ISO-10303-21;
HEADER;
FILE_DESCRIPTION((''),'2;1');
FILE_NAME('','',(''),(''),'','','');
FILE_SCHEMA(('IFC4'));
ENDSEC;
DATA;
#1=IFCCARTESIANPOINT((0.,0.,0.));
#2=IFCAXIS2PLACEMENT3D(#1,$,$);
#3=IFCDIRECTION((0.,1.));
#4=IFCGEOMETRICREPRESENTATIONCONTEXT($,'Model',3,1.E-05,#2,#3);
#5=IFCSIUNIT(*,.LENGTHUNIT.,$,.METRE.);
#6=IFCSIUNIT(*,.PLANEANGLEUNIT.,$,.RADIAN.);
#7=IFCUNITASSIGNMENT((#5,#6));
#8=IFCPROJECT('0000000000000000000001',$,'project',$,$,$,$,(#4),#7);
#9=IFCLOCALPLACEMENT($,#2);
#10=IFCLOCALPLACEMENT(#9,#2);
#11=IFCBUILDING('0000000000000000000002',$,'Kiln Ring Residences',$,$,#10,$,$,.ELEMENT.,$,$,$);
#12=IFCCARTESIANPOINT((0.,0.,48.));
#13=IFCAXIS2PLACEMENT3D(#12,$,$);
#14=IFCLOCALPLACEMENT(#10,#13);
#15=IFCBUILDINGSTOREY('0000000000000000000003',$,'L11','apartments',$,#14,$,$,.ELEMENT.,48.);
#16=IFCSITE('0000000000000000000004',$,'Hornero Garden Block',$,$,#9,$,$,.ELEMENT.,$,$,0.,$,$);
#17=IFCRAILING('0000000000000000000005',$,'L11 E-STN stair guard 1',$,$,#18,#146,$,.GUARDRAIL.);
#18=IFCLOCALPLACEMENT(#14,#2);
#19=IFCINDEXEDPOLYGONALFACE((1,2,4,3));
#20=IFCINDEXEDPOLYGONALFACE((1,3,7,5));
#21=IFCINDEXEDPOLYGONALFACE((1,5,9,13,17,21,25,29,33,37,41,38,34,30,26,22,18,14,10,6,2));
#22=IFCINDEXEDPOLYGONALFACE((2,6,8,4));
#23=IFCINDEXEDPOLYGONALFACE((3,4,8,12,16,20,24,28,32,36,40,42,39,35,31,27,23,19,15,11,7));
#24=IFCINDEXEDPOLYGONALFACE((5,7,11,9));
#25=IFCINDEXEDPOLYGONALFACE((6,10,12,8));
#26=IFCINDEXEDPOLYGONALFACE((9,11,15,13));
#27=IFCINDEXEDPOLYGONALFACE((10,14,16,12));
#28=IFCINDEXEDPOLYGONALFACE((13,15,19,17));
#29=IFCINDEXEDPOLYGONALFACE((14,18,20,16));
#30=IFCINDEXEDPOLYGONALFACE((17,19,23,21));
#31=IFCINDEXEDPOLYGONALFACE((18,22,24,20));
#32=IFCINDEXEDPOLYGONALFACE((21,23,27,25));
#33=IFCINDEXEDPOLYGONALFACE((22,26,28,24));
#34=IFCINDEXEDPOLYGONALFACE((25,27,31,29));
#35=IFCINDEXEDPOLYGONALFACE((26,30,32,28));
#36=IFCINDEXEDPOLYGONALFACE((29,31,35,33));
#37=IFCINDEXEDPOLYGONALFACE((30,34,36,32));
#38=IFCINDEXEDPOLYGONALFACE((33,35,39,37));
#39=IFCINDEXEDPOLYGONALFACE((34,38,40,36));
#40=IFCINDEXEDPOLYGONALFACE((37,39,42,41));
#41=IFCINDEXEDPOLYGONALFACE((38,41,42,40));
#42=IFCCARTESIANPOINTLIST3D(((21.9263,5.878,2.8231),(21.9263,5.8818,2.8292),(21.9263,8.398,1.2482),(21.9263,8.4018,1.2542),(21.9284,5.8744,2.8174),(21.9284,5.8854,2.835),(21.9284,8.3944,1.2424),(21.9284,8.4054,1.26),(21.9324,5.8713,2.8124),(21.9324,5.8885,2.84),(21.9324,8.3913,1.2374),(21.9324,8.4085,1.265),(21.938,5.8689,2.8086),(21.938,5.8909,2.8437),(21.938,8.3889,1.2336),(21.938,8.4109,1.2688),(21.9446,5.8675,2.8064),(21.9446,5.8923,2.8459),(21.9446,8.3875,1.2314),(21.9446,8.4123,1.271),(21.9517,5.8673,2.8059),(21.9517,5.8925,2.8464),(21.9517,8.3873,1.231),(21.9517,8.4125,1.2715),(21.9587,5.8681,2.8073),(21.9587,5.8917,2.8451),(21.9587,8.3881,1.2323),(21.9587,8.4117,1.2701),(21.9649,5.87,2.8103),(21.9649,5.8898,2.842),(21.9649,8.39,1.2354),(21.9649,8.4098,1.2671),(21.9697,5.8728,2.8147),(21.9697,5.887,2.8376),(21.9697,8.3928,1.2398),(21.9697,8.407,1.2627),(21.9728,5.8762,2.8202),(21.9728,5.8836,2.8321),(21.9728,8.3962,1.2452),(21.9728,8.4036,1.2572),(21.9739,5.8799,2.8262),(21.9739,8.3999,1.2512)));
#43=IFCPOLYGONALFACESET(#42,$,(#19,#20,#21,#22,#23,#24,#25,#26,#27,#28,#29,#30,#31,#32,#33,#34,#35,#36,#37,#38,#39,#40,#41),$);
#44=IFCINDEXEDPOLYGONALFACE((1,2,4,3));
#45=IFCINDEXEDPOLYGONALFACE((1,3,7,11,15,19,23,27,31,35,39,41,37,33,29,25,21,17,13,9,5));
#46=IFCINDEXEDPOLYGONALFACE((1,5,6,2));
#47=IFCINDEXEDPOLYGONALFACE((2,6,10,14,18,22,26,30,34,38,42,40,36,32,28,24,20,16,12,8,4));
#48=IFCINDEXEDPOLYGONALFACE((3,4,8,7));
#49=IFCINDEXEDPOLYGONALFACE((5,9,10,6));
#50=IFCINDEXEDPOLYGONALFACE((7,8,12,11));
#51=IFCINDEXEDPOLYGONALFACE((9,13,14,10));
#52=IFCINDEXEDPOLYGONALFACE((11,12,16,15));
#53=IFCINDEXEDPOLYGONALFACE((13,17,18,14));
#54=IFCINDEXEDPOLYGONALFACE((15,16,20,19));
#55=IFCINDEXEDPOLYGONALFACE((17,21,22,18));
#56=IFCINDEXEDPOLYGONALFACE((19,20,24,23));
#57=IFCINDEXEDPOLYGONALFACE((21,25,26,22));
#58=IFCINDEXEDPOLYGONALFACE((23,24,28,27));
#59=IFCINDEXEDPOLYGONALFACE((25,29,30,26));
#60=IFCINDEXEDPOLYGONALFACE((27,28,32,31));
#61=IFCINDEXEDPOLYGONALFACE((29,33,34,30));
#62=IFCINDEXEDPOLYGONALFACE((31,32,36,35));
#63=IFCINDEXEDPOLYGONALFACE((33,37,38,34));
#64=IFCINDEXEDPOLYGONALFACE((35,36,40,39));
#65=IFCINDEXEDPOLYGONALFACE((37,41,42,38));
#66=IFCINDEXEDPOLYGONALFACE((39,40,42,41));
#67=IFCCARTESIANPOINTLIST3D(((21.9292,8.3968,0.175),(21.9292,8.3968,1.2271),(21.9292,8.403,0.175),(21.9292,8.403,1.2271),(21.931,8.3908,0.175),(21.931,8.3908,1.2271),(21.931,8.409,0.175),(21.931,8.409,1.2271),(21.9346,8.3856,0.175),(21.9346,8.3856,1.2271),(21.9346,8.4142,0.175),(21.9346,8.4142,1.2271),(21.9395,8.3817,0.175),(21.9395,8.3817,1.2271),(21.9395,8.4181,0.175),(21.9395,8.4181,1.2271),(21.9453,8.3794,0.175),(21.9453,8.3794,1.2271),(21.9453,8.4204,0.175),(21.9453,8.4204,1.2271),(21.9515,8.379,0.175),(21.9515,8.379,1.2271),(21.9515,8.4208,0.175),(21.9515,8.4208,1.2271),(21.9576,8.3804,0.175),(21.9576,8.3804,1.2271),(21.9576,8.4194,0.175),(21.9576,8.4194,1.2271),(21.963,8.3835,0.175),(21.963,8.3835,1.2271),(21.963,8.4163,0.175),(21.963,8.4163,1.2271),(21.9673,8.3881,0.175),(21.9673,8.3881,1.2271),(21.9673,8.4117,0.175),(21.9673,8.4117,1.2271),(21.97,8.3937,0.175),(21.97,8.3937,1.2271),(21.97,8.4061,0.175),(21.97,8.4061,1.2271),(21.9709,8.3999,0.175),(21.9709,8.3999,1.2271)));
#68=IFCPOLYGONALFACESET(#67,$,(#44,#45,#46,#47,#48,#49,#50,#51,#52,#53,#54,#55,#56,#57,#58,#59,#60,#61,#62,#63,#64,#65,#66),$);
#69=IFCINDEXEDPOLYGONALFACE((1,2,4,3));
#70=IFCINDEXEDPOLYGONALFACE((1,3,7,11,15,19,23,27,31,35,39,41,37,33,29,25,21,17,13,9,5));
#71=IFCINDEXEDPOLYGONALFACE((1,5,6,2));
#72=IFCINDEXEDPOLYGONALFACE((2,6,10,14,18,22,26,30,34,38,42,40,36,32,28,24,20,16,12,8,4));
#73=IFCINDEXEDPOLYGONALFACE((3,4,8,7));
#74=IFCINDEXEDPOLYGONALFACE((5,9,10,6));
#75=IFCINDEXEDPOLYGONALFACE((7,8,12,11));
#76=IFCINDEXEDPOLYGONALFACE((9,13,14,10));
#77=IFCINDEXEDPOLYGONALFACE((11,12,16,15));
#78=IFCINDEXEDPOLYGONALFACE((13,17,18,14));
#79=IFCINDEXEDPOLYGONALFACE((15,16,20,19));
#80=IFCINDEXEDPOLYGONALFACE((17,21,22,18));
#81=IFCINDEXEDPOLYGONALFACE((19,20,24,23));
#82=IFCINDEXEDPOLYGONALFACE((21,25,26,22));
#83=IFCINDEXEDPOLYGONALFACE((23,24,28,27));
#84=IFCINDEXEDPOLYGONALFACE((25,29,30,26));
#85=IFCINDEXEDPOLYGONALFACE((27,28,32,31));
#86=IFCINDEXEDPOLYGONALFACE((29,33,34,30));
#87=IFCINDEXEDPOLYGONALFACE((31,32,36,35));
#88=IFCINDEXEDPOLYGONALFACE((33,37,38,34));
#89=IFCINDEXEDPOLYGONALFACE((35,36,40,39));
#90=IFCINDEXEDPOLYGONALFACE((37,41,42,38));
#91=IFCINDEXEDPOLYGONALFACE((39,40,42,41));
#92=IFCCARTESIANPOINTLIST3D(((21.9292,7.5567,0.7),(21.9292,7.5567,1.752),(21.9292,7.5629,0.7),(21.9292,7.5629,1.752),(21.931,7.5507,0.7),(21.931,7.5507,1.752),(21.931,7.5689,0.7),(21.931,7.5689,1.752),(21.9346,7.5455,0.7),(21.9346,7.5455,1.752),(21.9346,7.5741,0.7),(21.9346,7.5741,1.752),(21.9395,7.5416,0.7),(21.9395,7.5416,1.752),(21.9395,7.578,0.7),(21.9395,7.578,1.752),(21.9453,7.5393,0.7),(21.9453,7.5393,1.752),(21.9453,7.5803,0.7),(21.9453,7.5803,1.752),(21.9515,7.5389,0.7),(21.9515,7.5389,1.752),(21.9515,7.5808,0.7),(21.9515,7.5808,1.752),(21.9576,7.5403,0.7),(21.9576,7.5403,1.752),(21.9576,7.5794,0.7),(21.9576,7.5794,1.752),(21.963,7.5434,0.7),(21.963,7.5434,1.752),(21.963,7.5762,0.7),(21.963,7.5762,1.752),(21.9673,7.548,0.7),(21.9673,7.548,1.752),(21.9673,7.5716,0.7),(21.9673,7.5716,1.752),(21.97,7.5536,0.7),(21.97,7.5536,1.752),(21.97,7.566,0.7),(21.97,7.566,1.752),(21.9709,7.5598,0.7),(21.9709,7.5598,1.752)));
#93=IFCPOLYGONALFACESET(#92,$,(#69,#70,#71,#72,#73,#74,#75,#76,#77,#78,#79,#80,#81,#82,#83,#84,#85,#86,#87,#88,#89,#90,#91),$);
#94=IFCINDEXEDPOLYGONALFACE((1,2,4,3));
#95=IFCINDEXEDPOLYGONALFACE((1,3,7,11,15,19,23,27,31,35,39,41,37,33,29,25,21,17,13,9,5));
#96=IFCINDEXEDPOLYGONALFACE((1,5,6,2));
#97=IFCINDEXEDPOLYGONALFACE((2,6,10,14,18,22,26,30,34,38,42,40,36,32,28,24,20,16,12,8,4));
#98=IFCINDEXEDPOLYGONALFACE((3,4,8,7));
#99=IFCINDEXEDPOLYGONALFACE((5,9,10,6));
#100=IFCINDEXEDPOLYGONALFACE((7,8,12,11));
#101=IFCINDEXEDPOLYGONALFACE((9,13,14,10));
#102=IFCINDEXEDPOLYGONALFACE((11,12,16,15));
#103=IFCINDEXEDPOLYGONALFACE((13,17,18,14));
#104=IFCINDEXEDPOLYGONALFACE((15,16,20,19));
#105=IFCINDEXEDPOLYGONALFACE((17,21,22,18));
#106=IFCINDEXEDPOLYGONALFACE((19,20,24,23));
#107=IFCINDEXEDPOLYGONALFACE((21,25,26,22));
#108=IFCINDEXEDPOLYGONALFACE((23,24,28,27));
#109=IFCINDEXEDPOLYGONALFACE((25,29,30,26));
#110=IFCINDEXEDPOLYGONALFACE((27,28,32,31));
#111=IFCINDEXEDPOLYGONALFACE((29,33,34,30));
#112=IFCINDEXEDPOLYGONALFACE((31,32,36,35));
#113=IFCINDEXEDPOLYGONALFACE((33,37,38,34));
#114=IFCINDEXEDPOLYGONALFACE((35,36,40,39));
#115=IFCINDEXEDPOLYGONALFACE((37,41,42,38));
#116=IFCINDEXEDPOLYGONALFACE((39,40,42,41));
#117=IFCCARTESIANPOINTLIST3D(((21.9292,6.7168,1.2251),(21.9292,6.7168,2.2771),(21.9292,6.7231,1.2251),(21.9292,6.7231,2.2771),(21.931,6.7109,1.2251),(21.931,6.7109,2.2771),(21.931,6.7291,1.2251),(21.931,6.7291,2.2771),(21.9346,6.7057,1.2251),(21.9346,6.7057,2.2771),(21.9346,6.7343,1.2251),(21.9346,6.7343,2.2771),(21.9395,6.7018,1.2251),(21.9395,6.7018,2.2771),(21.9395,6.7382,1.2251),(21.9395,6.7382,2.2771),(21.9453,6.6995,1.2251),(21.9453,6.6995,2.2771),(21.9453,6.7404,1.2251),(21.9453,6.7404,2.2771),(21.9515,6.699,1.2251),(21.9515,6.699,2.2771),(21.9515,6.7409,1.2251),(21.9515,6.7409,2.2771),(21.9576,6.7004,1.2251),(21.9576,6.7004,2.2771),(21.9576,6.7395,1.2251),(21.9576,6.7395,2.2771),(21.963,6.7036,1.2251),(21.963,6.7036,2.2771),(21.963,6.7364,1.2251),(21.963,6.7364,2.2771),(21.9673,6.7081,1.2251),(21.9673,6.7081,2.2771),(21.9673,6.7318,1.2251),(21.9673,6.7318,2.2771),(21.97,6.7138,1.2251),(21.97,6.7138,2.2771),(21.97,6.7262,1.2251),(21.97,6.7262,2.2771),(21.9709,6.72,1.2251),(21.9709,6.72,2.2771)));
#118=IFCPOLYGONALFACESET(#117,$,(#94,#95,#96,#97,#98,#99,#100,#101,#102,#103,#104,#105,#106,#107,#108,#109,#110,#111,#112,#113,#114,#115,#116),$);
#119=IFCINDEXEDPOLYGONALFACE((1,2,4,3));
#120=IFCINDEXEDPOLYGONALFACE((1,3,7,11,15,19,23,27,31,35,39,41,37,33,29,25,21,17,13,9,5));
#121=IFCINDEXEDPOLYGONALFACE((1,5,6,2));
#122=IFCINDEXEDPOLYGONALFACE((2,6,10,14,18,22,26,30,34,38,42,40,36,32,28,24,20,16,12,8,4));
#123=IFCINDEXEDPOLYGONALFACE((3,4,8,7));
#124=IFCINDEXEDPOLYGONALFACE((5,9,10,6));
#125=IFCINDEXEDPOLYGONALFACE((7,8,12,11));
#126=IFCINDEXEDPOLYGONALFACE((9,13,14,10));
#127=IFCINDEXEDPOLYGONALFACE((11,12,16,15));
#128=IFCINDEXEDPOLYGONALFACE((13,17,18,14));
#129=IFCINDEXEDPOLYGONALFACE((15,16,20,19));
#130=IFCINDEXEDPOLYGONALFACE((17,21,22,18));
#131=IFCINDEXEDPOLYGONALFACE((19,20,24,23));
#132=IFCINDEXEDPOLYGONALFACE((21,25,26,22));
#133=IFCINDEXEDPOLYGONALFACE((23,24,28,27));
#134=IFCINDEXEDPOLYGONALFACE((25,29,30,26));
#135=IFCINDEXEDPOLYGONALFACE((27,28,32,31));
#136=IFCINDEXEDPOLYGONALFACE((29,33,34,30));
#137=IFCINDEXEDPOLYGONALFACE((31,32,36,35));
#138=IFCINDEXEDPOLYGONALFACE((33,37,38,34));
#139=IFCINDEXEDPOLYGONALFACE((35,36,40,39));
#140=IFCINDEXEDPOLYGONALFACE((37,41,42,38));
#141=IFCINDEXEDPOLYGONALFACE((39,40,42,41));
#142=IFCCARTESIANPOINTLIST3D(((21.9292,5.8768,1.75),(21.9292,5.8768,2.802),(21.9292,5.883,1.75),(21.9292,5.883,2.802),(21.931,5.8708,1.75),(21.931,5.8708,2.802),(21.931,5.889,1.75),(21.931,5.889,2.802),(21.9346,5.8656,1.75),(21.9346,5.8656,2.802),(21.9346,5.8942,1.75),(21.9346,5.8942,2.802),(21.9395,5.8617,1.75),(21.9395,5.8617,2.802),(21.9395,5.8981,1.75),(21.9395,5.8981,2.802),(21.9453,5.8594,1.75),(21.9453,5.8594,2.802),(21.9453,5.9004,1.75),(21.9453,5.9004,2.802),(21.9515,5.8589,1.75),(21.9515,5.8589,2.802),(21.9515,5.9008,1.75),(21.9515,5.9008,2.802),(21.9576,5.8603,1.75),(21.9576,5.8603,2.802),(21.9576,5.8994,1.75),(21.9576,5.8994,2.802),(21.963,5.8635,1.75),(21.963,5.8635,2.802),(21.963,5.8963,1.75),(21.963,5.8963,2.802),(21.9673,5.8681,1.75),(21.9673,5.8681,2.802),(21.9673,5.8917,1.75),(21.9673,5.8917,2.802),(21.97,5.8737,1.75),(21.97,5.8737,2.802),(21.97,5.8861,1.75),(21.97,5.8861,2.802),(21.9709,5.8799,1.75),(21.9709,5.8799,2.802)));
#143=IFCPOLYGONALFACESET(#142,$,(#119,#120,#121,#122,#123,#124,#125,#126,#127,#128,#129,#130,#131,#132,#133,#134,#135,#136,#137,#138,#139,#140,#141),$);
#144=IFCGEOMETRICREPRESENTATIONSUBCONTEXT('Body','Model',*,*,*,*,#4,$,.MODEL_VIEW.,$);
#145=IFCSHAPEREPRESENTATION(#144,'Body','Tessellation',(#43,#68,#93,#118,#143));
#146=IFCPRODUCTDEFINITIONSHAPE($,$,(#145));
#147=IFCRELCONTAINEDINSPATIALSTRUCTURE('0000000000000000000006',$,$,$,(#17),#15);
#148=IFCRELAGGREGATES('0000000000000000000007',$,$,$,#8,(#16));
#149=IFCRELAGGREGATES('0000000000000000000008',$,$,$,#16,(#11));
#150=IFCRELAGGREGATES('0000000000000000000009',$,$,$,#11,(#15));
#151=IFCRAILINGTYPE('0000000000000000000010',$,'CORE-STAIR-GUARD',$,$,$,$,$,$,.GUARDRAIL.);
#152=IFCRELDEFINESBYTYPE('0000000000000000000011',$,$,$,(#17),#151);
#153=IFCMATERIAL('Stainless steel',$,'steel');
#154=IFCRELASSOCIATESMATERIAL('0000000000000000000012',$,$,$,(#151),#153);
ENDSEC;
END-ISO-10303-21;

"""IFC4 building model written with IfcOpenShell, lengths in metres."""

from ifc_helpers import new_model, si_unit, direction, frame, origin, origin_2d, place, context, subcontext, project, spatial, circle, extrude, material, type_object, element, save


model = new_model("IFC4")

# Units and contexts
model_context = context("Model", 3, precision=1e-05, world=origin(), true_north=direction((0.0, 1.0)))
body_context = subcontext(model_context, "Body", "Model", "MODEL_VIEW")
ifc_project = project(units=[si_unit("LENGTHUNIT", "METRE"), si_unit("PLANEANGLEUNIT", "RADIAN")], contexts=[model_context])

# Site, building, storey
site_placement = place(None, origin())
site = spatial("IfcSite", under=ifc_project, at=site_placement, Name="Hornero Garden Block", CompositionType="ELEMENT", RefElevation=0.0)
building_placement = place(site_placement, origin())
building = spatial("IfcBuilding", under=site, at=building_placement, Name="Kiln Ring Residences", CompositionType="ELEMENT")
storey_placement = place(building_placement, frame((0.0, 0.0, 48.0)))
storey = spatial("IfcBuildingStorey", under=building, at=storey_placement, Name="L11", Description="apartments", CompositionType="ELEMENT", Elevation=48.0)

# Railing
ifc_material_1 = material(Name="Stainless steel", Category="steel")
railing_type = type_object("IfcRailingType", Name="CORE-STAIR-GUARD", PredefinedType="GUARDRAIL", material=ifc_material_1)
railing_1_placement = place(storey_placement, frame((21.95, 8.3999, 0.175)))
element("IfcRailing", 1, at=railing_1_placement, inside=storey, type_object=railing_type, Name="L11 E-STN stair guard 1", PredefinedType="GUARDRAIL", context=body_context, shape_type="SweptSolid", body=[
    extrude(circle(Radius=0.0239, at=origin_2d()), frame((0.0, 0.0, 1.0762), z_axis=(0.0, -0.848008, 0.529984), x_axis=(1.0, 0.0, 0.0)), (0.0, 0.0, 1.0), 2.9717),
    extrude(circle(Radius=0.021, at=origin_2d()), origin(), (0.0, 0.0, 1.0), 1.052),
    extrude(circle(Radius=0.021, at=origin_2d()), frame((0.0, -0.8401, 0.5249)), (0.0, 0.0, 1.0), 1.052),
    extrude(circle(Radius=0.021, at=origin_2d()), frame((0.0, -1.6799, 1.05)), (0.0, 0.0, 1.0), 1.052),
    extrude(circle(Radius=0.021, at=origin_2d()), frame((0.0, -2.52, 1.575)), (0.0, 0.0, 1.0), 1.052),
])

save(model, "model.ifc")
